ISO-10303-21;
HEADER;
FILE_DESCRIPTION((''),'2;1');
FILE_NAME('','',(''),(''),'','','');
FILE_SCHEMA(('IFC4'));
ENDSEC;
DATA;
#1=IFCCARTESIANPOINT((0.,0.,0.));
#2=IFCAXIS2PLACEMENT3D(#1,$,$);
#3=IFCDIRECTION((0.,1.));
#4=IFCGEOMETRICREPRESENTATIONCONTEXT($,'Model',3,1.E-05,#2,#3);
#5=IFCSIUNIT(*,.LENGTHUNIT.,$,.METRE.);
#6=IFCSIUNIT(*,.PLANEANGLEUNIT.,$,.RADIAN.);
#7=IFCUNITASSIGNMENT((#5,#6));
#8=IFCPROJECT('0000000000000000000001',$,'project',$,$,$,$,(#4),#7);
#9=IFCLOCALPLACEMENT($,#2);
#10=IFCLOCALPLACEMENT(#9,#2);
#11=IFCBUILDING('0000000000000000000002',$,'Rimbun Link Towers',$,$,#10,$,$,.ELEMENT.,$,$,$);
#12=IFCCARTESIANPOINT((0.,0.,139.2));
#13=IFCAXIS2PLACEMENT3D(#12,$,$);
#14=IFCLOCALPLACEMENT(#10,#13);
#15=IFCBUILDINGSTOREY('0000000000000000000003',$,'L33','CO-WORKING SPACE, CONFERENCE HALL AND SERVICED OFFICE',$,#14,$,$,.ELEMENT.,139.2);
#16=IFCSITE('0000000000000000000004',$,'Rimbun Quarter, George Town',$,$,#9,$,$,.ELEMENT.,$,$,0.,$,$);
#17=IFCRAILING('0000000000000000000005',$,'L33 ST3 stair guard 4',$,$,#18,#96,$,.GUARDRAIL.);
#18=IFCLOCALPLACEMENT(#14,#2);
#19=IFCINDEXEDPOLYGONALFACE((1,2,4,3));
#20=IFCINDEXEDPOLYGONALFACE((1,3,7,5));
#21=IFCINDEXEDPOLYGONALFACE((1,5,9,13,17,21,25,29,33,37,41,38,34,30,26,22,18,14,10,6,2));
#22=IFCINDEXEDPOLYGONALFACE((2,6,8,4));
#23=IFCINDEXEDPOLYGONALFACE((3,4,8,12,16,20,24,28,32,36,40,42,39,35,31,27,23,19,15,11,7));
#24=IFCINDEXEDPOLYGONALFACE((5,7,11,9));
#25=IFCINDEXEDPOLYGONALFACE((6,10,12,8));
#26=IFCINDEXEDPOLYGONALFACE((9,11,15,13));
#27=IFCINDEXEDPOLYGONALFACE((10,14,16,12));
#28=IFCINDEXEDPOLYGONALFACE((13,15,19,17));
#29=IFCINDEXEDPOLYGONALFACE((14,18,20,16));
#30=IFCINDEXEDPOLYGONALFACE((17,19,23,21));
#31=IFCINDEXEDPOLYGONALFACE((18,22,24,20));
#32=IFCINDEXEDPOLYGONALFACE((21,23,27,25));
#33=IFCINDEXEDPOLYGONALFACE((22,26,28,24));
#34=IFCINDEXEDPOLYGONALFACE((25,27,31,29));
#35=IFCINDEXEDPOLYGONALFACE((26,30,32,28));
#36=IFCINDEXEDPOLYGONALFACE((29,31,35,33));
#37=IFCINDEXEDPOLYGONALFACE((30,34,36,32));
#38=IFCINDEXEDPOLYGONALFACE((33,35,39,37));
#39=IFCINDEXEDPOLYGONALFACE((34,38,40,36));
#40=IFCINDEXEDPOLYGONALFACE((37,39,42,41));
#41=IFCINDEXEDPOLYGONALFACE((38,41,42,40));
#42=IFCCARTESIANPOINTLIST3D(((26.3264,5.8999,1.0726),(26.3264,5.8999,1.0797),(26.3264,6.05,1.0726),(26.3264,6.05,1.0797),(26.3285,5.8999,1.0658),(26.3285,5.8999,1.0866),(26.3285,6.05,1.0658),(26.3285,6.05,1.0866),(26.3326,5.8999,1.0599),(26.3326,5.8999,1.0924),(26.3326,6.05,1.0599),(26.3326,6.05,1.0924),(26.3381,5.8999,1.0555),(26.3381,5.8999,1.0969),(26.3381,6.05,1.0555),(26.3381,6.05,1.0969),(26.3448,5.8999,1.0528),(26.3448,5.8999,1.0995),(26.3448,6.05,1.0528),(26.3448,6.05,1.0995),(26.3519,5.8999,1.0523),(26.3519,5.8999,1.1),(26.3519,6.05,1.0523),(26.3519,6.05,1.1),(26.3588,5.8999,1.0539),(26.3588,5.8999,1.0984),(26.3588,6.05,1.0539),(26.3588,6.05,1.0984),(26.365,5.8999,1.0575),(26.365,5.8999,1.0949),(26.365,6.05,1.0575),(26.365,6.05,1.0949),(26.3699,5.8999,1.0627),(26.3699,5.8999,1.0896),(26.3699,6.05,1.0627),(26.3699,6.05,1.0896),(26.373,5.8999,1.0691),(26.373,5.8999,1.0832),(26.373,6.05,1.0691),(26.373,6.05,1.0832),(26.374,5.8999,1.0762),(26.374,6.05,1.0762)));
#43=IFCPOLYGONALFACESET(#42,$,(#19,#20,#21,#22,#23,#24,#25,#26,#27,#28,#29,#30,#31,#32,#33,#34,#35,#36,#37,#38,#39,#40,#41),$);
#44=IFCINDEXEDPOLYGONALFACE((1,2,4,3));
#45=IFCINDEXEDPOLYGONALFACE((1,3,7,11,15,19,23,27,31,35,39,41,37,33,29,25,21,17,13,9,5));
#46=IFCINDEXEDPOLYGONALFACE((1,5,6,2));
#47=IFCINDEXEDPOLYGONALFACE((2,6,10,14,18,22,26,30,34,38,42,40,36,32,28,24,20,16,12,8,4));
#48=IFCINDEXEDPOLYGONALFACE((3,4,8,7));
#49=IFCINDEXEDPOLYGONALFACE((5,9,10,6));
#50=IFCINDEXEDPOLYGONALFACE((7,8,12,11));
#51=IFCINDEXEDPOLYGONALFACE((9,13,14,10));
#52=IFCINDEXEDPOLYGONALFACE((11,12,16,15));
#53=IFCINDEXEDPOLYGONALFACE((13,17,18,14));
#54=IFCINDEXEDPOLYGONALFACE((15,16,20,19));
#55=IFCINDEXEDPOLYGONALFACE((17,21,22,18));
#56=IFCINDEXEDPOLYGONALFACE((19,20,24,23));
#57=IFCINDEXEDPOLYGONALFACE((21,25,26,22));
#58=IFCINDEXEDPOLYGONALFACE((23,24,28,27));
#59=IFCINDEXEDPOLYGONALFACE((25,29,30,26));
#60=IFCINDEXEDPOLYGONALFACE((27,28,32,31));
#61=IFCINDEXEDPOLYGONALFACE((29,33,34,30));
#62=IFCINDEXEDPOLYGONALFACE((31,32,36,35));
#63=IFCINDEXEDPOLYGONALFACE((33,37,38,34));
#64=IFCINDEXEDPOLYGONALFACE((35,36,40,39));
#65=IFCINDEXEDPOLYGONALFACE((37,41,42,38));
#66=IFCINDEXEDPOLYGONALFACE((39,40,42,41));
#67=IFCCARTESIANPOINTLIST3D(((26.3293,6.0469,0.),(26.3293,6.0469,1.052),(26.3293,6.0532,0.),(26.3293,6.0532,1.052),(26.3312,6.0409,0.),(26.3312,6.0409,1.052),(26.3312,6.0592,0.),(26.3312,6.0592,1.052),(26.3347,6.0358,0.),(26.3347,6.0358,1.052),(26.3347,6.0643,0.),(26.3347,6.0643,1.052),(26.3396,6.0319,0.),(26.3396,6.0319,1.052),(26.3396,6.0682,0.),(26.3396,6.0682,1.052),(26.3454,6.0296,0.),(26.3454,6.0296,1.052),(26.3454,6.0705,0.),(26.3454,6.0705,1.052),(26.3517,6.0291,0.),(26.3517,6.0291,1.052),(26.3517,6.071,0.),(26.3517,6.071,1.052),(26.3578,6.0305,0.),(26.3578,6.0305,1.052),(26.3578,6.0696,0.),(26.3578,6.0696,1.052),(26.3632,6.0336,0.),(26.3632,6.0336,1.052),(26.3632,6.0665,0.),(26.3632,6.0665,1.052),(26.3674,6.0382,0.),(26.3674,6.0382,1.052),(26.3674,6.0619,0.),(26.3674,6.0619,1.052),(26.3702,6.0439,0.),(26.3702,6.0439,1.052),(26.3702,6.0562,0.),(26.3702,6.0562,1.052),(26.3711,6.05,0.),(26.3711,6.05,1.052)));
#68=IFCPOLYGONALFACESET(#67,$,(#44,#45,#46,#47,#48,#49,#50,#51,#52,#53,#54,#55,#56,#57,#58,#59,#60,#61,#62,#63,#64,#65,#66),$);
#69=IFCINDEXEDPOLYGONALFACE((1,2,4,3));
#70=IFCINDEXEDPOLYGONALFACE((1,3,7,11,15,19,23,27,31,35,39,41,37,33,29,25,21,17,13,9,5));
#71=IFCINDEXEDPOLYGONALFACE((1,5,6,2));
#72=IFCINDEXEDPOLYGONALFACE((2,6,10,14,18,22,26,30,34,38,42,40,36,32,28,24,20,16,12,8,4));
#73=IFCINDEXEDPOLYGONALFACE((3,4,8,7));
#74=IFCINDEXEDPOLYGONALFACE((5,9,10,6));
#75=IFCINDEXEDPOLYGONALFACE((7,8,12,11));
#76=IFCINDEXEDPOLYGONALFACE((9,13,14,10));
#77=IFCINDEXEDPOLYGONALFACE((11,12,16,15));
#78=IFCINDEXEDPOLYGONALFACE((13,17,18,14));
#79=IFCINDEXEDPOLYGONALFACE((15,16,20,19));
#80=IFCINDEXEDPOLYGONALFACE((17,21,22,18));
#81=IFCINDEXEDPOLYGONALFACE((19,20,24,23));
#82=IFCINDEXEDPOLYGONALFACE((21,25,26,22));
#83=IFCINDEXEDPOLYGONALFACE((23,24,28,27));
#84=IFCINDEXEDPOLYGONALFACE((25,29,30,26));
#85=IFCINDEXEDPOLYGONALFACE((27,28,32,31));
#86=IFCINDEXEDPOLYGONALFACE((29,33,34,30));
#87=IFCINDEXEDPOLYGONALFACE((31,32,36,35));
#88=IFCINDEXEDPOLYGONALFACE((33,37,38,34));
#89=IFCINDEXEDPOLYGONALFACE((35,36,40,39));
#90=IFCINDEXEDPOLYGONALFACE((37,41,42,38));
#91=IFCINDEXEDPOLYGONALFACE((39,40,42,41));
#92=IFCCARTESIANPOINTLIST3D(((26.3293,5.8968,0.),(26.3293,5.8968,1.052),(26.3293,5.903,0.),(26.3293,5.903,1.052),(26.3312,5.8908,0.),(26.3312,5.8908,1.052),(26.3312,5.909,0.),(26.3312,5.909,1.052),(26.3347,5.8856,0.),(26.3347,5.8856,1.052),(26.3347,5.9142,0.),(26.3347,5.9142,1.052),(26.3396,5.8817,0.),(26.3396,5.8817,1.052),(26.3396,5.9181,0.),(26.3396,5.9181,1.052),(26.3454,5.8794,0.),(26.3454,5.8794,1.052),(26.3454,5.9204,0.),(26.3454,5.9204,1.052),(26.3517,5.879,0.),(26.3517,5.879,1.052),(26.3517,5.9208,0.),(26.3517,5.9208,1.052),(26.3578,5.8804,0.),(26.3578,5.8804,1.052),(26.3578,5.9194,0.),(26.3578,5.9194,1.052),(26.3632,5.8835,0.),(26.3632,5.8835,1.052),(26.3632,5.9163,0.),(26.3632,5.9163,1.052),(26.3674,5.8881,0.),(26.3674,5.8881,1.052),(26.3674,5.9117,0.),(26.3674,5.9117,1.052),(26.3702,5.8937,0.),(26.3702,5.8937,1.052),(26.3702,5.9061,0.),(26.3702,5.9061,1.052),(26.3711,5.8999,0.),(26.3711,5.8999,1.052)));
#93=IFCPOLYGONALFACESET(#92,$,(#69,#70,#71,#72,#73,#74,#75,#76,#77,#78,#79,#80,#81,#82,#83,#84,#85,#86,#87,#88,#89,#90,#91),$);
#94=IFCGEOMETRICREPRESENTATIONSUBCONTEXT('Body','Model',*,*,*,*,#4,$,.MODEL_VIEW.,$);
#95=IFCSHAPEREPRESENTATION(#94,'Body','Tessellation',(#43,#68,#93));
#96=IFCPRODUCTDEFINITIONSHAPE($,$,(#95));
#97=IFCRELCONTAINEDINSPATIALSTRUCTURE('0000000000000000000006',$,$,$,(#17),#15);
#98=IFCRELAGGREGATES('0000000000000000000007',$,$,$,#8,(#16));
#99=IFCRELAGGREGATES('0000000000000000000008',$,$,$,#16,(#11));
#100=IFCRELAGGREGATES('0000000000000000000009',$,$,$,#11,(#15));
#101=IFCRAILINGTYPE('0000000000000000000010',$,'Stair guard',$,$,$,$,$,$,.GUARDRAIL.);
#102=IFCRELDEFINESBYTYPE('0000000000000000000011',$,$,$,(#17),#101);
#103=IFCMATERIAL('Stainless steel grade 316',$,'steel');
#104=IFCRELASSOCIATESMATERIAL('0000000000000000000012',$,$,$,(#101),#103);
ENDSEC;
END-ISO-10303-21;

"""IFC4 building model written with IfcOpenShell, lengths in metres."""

from ifc_helpers import new_model, si_unit, direction, frame, origin, origin_2d, place, context, subcontext, project, spatial, circle, extrude, material, type_object, element, save


model = new_model("IFC4")

# Units and contexts
model_context = context("Model", 3, precision=1e-05, world=origin(), true_north=direction((0.0, 1.0)))
body_context = subcontext(model_context, "Body", "Model", "MODEL_VIEW")
ifc_project = project(units=[si_unit("LENGTHUNIT", "METRE"), si_unit("PLANEANGLEUNIT", "RADIAN")], contexts=[model_context])

# Site, building, storey
site_placement = place(None, origin())
site = spatial("IfcSite", under=ifc_project, at=site_placement, Name="Rimbun Quarter, George Town", CompositionType="ELEMENT", RefElevation=0.0)
building_placement = place(site_placement, origin())
building = spatial("IfcBuilding", under=site, at=building_placement, Name="Rimbun Link Towers", CompositionType="ELEMENT")
storey_placement = place(building_placement, frame((0.0, 0.0, 139.2)))
storey = spatial("IfcBuildingStorey", under=building, at=storey_placement, Name="L33", Description="CO-WORKING SPACE, CONFERENCE HALL AND SERVICED OFFICE", CompositionType="ELEMENT", Elevation=139.2)

# Railing
ifc_material_1 = material(Name="Stainless steel grade 316", Category="steel")
railing_type_1 = type_object("IfcRailingType", Name="Stair guard", PredefinedType="GUARDRAIL", material=ifc_material_1)
railing_1_placement = place(storey_placement, frame((26.3501, 6.05, 0.0)))
element("IfcRailing", 1, at=railing_1_placement, inside=storey, type_object=railing_type_1, Name="L33 ST3 stair guard 4", PredefinedType="GUARDRAIL", context=body_context, shape_type="SweptSolid", body=[
    extrude(circle(Radius=0.0239, at=origin_2d()), frame((0.0, 0.0, 1.0762), z_axis=(0.0, -1.0, 0.0), x_axis=(1.0, 0.0, 0.0)), (0.0, 0.0, 1.0), 0.1501),
    extrude(circle(Radius=0.021, at=origin_2d()), origin(), (0.0, 0.0, 1.0), 1.052),
    extrude(circle(Radius=0.021, at=origin_2d()), frame((0.0, -0.1501, 0.0)), (0.0, 0.0, 1.0), 1.052),
])

save(model, "model.ifc")
